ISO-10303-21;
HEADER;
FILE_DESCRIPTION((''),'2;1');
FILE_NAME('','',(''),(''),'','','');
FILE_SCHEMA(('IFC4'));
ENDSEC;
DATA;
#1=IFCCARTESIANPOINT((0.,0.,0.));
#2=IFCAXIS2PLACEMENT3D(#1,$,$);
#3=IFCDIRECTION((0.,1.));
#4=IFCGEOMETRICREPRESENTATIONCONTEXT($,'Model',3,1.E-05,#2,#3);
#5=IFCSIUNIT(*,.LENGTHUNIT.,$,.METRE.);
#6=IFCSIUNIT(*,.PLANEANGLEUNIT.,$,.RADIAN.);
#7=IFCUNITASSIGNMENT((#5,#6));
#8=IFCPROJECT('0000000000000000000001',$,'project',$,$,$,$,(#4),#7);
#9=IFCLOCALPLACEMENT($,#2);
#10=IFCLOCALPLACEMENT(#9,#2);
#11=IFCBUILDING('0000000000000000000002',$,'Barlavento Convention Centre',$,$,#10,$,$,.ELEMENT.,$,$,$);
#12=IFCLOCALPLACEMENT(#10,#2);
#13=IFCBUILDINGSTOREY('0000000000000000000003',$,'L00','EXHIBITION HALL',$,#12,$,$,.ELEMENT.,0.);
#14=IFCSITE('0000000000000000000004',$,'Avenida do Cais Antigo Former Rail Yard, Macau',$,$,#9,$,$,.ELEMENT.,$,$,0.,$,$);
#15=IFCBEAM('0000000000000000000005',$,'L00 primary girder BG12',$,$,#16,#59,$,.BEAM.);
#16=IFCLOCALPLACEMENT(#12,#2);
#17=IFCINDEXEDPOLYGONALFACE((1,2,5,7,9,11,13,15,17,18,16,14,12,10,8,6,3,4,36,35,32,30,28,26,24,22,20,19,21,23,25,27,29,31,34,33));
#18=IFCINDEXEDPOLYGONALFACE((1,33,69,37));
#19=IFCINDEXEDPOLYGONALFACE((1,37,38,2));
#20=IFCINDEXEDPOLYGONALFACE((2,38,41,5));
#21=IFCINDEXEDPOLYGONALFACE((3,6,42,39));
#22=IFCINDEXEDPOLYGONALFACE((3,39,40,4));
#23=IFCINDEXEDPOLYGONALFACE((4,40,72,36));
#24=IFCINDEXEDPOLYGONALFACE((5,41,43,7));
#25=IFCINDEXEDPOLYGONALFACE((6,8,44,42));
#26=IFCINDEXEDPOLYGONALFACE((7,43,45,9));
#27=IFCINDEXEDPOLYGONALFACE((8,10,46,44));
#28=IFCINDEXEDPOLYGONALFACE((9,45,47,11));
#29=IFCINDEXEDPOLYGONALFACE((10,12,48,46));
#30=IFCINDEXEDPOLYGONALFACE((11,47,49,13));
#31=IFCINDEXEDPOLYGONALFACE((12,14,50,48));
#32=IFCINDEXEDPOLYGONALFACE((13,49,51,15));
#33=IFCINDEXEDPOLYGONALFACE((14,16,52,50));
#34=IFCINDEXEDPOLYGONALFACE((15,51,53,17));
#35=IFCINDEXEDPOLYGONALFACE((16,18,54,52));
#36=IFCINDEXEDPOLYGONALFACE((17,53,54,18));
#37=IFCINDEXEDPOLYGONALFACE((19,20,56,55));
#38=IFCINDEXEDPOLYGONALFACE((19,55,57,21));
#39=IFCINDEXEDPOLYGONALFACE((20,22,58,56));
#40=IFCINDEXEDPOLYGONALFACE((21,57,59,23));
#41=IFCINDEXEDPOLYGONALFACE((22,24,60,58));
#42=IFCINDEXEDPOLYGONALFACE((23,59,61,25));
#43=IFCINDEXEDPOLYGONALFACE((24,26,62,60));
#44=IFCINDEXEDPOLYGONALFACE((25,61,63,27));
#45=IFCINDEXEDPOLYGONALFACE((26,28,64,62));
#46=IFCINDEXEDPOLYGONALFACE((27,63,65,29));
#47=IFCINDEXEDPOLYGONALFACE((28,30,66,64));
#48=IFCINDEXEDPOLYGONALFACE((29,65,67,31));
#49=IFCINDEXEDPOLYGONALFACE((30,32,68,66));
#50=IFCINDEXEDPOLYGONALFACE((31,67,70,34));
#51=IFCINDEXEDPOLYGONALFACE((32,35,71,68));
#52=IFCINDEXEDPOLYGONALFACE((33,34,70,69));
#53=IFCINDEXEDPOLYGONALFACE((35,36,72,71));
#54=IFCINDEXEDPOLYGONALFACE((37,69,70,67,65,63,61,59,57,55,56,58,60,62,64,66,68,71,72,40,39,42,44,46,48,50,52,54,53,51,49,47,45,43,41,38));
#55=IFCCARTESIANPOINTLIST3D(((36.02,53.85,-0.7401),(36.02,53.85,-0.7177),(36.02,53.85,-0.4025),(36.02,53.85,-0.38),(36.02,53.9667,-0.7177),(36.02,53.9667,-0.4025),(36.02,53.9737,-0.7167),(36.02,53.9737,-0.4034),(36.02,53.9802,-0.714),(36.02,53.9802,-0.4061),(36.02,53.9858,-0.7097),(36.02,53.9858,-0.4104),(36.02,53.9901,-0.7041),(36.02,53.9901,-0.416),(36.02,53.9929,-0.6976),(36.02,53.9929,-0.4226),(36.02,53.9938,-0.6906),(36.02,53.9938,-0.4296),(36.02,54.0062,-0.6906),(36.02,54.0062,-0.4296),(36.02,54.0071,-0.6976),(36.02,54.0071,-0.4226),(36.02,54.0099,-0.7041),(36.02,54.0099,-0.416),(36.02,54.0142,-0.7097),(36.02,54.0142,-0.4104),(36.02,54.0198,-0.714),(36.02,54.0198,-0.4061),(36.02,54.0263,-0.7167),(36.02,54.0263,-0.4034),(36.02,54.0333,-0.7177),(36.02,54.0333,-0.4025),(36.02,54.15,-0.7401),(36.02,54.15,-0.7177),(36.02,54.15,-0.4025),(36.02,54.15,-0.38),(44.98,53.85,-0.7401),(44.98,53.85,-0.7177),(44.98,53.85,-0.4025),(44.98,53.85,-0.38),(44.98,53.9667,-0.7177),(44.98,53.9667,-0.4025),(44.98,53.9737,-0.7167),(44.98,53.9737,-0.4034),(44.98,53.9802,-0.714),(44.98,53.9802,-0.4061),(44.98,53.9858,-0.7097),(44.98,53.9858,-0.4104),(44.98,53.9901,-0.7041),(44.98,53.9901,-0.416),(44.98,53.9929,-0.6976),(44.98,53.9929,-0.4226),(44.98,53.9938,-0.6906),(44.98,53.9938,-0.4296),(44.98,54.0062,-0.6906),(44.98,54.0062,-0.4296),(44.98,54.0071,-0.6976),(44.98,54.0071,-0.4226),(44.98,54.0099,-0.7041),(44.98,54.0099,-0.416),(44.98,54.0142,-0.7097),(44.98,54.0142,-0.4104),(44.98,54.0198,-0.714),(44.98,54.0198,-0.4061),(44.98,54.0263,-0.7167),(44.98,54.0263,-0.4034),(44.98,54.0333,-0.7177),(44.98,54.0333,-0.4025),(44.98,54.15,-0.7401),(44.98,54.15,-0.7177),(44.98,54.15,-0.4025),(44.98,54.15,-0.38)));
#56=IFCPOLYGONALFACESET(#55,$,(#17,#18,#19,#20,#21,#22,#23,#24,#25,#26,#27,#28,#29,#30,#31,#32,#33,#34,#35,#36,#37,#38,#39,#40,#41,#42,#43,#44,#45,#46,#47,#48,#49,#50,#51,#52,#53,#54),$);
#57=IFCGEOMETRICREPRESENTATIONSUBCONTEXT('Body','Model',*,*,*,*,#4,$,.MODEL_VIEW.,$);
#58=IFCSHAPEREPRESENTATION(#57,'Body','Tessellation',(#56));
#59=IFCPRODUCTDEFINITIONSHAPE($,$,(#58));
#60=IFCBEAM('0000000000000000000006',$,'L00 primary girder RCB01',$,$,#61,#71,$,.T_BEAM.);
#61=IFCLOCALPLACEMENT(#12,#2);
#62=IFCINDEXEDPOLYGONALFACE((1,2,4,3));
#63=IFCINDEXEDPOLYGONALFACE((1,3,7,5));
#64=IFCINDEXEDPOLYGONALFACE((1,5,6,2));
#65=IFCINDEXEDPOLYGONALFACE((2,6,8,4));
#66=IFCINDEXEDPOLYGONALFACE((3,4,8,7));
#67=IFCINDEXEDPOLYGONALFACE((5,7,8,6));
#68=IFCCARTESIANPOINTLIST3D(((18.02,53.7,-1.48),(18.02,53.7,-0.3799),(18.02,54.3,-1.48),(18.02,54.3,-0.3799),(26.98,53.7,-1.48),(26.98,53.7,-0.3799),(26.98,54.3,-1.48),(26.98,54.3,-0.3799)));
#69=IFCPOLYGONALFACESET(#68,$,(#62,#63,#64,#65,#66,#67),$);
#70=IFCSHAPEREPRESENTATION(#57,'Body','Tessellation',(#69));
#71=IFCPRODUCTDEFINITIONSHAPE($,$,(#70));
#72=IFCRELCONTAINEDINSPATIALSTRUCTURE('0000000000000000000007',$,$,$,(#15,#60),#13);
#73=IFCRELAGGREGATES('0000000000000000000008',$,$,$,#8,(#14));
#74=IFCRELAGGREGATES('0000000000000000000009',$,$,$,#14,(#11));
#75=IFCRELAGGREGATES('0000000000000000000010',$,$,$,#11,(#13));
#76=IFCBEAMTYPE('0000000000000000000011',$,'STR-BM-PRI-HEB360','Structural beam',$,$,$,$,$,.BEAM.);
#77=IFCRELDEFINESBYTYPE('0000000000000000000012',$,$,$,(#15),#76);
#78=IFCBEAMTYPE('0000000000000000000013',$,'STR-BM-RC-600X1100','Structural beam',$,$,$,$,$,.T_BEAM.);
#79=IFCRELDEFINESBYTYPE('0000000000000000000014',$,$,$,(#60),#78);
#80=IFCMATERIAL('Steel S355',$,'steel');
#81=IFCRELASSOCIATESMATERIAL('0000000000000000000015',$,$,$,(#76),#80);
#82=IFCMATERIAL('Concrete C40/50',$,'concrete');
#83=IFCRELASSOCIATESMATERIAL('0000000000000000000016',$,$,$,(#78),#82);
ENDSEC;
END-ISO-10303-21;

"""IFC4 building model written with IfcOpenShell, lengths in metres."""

from ifc_helpers import new_model, si_unit, direction, frame, origin, origin_2d, place, context, subcontext, project, spatial, rectangle, i_section, extrude, material, material_profile, profile_set, type_object, element, save


model = new_model("IFC4")

# Units and contexts
model_context = context("Model", 3, precision=1e-05, world=origin(), true_north=direction((0.0, 1.0)))
body_context = subcontext(model_context, "Body", "Model", "MODEL_VIEW")
ifc_project = project(units=[si_unit("LENGTHUNIT", "METRE"), si_unit("PLANEANGLEUNIT", "RADIAN")], contexts=[model_context])

# Site, building, storey
site_placement = place(None, origin())
site = spatial("IfcSite", under=ifc_project, at=site_placement, Name="Avenida do Cais Antigo Former Rail Yard, Macau", CompositionType="ELEMENT", RefElevation=0.0)
building_placement = place(site_placement, origin())
building = spatial("IfcBuilding", under=site, at=building_placement, Name="Barlavento Convention Centre", CompositionType="ELEMENT")
storey_placement = place(building_placement, origin())
storey = spatial("IfcBuildingStorey", under=building, at=storey_placement, Name="L00", Description="EXHIBITION HALL", CompositionType="ELEMENT", Elevation=0.0)

# Beams
ifc_material_1 = material(Name="Concrete C40/50", Category="concrete")
ifc_material_2 = material(Name="Steel S355", Category="steel")
ifc_material_profile_1 = material_profile(ifc_material_2, i_section(OverallWidth=0.3, OverallDepth=0.3601, WebThickness=0.0125, FlangeThickness=0.0225, FilletRadius=0.0271, at=origin_2d()), Name="HEB 360")
ifc_profile_set_1 = profile_set([ifc_material_profile_1], Name="Steel S355")
beam_type_1 = type_object("IfcBeamType", Name="STR-BM-PRI-HEB360", Description="Structural beam", PredefinedType="BEAM", material=ifc_profile_set_1)
beam_1_placement = place(storey_placement, frame((36.02, 54.0, -0.5601), z_axis=(1.0, 0.0, 0.0), x_axis=(0.0, 1.0, 0.0)))
element("IfcBeam", 1, at=beam_1_placement, inside=storey, type_object=beam_type_1, Name="L00 primary girder BG12", PredefinedType="BEAM", context=body_context, shape_type="SweptSolid", body=[
    extrude(i_section(OverallWidth=0.3, OverallDepth=0.3601, WebThickness=0.0125, FlangeThickness=0.0225, FilletRadius=0.0271, at=origin_2d()), origin(), (0.0, 0.0, 1.0), 8.96),
])
ifc_material_profile_2 = material_profile(ifc_material_1, rectangle(XDim=0.6001, YDim=1.1001, at=origin_2d()), Name="RC 600x1100")
ifc_profile_set_2 = profile_set([ifc_material_profile_2], Name="Concrete C40/50")
beam_type_2 = type_object("IfcBeamType", Name="STR-BM-RC-600X1100", Description="Structural beam", PredefinedType="T_BEAM", material=ifc_profile_set_2)
beam_2_placement = place(storey_placement, frame((18.02, 54.0, -0.9299), z_axis=(1.0, 0.0, 0.0), x_axis=(0.0, 1.0, 0.0)))
element("IfcBeam", 2, at=beam_2_placement, inside=storey, type_object=beam_type_2, Name="L00 primary girder RCB01", PredefinedType="T_BEAM", context=body_context, shape_type="SweptSolid", body=[
    extrude(rectangle(XDim=0.6001, YDim=1.1001, at=origin_2d()), origin(), (0.0, 0.0, 1.0), 8.96),
])

save(model, "model.ifc")
